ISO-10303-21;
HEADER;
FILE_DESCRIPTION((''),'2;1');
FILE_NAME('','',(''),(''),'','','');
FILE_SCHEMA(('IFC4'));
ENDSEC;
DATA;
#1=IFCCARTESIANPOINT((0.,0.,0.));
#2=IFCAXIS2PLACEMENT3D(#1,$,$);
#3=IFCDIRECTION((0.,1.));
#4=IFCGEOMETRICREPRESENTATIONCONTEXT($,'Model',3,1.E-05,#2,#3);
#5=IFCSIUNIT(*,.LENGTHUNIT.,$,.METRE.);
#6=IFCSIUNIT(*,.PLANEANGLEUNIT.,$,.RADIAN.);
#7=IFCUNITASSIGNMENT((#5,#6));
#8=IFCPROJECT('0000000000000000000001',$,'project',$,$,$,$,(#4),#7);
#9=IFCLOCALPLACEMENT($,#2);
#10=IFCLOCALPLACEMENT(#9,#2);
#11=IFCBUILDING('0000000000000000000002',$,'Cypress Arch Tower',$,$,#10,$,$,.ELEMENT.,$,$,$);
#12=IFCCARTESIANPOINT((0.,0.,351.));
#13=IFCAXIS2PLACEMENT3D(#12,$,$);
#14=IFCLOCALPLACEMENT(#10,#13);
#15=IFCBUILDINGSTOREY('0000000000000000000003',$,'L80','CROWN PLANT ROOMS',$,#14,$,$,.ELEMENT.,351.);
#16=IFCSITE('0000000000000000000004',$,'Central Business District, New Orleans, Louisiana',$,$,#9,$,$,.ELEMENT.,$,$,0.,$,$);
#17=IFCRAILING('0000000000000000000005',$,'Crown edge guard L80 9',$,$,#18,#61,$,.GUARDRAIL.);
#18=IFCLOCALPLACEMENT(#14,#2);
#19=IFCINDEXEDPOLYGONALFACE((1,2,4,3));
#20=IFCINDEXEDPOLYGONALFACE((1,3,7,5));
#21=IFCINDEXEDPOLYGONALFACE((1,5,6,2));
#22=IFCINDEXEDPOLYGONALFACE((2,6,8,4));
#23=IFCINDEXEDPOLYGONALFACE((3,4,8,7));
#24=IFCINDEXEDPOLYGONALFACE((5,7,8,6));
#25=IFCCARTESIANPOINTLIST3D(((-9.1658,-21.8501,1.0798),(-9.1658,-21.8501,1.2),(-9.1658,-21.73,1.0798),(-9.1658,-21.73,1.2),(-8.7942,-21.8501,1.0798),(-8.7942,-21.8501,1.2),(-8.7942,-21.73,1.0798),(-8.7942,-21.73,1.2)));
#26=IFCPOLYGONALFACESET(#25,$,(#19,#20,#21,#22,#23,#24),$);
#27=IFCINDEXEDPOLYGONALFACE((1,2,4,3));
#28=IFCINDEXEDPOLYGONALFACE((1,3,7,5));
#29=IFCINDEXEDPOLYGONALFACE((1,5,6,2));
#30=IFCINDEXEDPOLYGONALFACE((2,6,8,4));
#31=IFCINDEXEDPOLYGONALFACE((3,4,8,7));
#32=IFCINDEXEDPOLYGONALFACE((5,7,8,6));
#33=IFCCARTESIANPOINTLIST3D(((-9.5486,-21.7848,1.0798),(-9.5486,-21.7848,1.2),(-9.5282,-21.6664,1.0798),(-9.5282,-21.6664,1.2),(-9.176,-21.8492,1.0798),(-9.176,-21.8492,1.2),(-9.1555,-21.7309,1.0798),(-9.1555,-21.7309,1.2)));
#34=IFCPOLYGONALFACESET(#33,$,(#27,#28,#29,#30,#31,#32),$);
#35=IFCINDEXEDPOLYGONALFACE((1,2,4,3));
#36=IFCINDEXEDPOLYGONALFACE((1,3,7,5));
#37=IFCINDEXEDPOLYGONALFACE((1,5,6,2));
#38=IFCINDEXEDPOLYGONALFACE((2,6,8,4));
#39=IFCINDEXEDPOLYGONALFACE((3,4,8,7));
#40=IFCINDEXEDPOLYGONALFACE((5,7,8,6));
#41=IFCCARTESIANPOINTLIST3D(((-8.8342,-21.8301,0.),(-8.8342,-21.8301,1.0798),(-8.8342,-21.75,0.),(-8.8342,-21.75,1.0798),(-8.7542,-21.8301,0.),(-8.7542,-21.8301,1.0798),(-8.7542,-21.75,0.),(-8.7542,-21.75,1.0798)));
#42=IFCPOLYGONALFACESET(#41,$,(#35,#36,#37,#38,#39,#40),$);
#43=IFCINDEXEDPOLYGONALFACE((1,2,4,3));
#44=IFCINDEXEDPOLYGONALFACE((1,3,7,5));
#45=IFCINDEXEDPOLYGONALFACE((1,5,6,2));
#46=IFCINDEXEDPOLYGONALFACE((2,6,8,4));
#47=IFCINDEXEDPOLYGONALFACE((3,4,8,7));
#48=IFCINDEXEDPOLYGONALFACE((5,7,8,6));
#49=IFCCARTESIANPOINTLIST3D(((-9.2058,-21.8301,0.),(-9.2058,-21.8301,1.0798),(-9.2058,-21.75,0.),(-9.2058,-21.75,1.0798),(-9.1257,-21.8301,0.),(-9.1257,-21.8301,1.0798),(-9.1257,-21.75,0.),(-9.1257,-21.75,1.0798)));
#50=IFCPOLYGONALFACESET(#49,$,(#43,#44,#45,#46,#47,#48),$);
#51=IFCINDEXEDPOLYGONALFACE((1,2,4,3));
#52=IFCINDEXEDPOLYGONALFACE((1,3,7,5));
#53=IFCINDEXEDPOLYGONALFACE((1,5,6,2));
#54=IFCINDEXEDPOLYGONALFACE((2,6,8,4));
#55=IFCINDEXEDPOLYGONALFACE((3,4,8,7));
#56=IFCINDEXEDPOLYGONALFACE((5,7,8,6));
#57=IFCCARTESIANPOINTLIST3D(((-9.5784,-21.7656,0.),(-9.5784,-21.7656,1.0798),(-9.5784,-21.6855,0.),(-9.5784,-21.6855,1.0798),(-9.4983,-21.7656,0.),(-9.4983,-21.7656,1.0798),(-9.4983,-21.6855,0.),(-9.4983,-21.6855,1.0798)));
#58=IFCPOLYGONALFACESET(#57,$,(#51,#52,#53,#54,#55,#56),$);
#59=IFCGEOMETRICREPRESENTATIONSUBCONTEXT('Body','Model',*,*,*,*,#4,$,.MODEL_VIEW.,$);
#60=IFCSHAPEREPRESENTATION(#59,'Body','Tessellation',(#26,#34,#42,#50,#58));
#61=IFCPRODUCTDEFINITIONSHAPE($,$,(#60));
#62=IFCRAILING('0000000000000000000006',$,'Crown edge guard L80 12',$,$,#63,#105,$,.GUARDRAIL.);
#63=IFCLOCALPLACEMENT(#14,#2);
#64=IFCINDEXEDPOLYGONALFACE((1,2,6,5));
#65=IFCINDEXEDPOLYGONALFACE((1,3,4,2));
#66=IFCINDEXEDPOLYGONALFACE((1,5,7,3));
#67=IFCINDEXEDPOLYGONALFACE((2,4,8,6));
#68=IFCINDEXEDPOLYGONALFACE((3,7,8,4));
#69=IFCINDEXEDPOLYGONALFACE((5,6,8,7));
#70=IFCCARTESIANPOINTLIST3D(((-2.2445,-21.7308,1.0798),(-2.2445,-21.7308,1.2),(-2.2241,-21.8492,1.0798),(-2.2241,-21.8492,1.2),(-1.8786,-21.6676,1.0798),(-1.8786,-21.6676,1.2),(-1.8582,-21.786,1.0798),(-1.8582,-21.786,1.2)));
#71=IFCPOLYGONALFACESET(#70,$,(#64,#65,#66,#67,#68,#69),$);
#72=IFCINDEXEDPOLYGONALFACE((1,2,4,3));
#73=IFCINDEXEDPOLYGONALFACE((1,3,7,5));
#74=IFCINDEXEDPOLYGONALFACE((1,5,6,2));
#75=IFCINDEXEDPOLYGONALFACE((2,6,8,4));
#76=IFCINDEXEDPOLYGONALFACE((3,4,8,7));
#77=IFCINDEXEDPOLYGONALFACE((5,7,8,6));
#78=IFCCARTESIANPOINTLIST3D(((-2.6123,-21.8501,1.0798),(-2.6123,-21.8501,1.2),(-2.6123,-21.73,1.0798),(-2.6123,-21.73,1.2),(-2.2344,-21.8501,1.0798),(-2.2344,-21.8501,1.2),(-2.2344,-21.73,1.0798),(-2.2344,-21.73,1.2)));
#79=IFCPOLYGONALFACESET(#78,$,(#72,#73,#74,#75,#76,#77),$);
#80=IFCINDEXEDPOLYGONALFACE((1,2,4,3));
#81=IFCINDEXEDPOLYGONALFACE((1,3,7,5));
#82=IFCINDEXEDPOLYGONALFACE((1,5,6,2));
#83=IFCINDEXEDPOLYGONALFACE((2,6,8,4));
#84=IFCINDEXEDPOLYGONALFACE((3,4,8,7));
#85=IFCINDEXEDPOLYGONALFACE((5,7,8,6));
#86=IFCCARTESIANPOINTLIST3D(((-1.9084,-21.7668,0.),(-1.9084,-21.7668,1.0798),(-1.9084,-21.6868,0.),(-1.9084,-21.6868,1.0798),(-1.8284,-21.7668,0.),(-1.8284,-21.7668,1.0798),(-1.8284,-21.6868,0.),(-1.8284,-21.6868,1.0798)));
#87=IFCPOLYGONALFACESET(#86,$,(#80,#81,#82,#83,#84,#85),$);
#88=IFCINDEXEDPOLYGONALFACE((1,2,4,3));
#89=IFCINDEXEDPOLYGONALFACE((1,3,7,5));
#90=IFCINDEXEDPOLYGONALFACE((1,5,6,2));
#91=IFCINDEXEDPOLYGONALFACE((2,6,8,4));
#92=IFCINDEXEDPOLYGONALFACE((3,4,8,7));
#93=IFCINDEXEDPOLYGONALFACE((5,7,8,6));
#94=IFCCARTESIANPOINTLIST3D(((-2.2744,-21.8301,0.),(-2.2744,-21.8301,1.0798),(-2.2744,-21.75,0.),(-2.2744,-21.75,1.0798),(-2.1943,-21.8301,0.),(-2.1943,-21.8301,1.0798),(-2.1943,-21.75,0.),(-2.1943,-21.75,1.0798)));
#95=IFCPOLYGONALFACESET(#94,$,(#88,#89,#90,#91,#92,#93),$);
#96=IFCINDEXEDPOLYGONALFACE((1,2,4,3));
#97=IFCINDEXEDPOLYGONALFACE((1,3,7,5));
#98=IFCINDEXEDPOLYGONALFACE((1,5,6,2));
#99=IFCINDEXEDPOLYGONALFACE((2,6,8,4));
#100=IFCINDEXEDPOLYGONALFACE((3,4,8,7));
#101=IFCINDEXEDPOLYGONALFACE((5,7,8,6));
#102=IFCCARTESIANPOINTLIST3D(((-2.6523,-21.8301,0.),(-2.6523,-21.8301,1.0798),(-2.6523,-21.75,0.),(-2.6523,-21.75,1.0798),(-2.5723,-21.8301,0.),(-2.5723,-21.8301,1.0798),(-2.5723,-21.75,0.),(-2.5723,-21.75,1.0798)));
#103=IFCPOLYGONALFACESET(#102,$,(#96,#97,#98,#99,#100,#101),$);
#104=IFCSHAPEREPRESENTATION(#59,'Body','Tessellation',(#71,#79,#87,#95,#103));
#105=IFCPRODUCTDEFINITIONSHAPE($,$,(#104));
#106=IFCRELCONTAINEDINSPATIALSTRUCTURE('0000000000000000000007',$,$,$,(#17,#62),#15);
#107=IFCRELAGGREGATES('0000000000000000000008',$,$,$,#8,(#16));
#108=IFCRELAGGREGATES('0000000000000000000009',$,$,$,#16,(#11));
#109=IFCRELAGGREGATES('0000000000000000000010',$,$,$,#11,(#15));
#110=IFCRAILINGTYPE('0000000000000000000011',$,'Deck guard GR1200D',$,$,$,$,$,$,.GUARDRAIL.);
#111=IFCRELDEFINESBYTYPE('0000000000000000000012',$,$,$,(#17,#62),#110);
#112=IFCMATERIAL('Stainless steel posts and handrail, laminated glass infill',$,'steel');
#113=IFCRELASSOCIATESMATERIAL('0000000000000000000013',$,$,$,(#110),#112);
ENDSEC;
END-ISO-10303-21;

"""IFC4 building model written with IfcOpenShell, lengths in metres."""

from ifc_helpers import new_model, si_unit, direction, frame, origin, origin_2d, place, context, subcontext, project, spatial, rectangle, extrude, material, type_object, element, save


model = new_model("IFC4")

# Units and contexts
model_context = context("Model", 3, precision=1e-05, world=origin(), true_north=direction((0.0, 1.0)))
body_context = subcontext(model_context, "Body", "Model", "MODEL_VIEW")
ifc_project = project(units=[si_unit("LENGTHUNIT", "METRE"), si_unit("PLANEANGLEUNIT", "RADIAN")], contexts=[model_context])

# Site, building, storey
site_placement = place(None, origin())
site = spatial("IfcSite", under=ifc_project, at=site_placement, Name="Central Business District, New Orleans, Louisiana", CompositionType="ELEMENT", RefElevation=0.0)
building_placement = place(site_placement, origin())
building = spatial("IfcBuilding", under=site, at=building_placement, Name="Cypress Arch Tower", CompositionType="ELEMENT")
storey_placement = place(building_placement, frame((0.0, 0.0, 351.0)))
storey = spatial("IfcBuildingStorey", under=building, at=storey_placement, Name="L80", Description="CROWN PLANT ROOMS", CompositionType="ELEMENT", Elevation=351.0)

# Railings
ifc_material_1 = material(Name="Stainless steel posts and handrail, laminated glass infill", Category="steel")
railing_type = type_object("IfcRailingType", Name="Deck guard GR1200D", PredefinedType="GUARDRAIL", material=ifc_material_1)
railing_1_placement = place(storey_placement, frame((-8.7942, -21.79, 0.0)))
element("IfcRailing", 1, at=railing_1_placement, inside=storey, type_object=railing_type, Name="Crown edge guard L80 9", PredefinedType="GUARDRAIL", context=body_context, shape_type="SweptSolid", body=[
    extrude(rectangle(XDim=0.1201, YDim=0.1201, at=origin_2d()), frame((0.0, 0.0, 1.1399), z_axis=(-1.0, 0.0, 0.0), x_axis=(0.0, -1.0, 0.0)), (0.0, 0.0, 1.0), 0.3716),
    extrude(rectangle(XDim=0.1201, YDim=0.1201, at=origin_2d()), frame((-0.3716, 0.0, 1.1399), z_axis=(-0.985363, 0.170469, 0.0), x_axis=(-0.170469, -0.985363, 0.0)), (0.0, 0.0, 1.0), 0.3782),
    extrude(rectangle(XDim=0.0801, YDim=0.0801, at=origin_2d()), origin(), (0.0, 0.0, 1.0), 1.0798),
    extrude(rectangle(XDim=0.0801, YDim=0.0801, at=origin_2d()), frame((-0.3716, 0.0, 0.0)), (0.0, 0.0, 1.0), 1.0798),
    extrude(rectangle(XDim=0.0801, YDim=0.0801, at=origin_2d()), frame((-0.7441, 0.0645, 0.0)), (0.0, 0.0, 1.0), 1.0798),
])
railing_2_placement = place(storey_placement, frame((-1.8684, -21.7268, 0.0)))
element("IfcRailing", 2, at=railing_2_placement, inside=storey, type_object=railing_type, Name="Crown edge guard L80 12", PredefinedType="GUARDRAIL", context=body_context, shape_type="SweptSolid", body=[
    extrude(rectangle(XDim=0.1201, YDim=0.1201, at=origin_2d()), frame((0.0, 0.0, 1.1399), z_axis=(-0.985399, -0.170259, 0.0), x_axis=(0.170259, -0.985399, 0.0)), (0.0, 0.0, 1.0), 0.3713),
    extrude(rectangle(XDim=0.1201, YDim=0.1201, at=origin_2d()), frame((-0.366, -0.0632, 1.1399), z_axis=(-1.0, 0.0, 0.0), x_axis=(0.0, -1.0, 0.0)), (0.0, 0.0, 1.0), 0.3779),
    extrude(rectangle(XDim=0.0801, YDim=0.0801, at=origin_2d()), origin(), (0.0, 0.0, 1.0), 1.0798),
    extrude(rectangle(XDim=0.0801, YDim=0.0801, at=origin_2d()), frame((-0.366, -0.0632, 0.0)), (0.0, 0.0, 1.0), 1.0798),
    extrude(rectangle(XDim=0.0801, YDim=0.0801, at=origin_2d()), frame((-0.7439, -0.0632, 0.0)), (0.0, 0.0, 1.0), 1.0798),
])

save(model, "model.ifc")
